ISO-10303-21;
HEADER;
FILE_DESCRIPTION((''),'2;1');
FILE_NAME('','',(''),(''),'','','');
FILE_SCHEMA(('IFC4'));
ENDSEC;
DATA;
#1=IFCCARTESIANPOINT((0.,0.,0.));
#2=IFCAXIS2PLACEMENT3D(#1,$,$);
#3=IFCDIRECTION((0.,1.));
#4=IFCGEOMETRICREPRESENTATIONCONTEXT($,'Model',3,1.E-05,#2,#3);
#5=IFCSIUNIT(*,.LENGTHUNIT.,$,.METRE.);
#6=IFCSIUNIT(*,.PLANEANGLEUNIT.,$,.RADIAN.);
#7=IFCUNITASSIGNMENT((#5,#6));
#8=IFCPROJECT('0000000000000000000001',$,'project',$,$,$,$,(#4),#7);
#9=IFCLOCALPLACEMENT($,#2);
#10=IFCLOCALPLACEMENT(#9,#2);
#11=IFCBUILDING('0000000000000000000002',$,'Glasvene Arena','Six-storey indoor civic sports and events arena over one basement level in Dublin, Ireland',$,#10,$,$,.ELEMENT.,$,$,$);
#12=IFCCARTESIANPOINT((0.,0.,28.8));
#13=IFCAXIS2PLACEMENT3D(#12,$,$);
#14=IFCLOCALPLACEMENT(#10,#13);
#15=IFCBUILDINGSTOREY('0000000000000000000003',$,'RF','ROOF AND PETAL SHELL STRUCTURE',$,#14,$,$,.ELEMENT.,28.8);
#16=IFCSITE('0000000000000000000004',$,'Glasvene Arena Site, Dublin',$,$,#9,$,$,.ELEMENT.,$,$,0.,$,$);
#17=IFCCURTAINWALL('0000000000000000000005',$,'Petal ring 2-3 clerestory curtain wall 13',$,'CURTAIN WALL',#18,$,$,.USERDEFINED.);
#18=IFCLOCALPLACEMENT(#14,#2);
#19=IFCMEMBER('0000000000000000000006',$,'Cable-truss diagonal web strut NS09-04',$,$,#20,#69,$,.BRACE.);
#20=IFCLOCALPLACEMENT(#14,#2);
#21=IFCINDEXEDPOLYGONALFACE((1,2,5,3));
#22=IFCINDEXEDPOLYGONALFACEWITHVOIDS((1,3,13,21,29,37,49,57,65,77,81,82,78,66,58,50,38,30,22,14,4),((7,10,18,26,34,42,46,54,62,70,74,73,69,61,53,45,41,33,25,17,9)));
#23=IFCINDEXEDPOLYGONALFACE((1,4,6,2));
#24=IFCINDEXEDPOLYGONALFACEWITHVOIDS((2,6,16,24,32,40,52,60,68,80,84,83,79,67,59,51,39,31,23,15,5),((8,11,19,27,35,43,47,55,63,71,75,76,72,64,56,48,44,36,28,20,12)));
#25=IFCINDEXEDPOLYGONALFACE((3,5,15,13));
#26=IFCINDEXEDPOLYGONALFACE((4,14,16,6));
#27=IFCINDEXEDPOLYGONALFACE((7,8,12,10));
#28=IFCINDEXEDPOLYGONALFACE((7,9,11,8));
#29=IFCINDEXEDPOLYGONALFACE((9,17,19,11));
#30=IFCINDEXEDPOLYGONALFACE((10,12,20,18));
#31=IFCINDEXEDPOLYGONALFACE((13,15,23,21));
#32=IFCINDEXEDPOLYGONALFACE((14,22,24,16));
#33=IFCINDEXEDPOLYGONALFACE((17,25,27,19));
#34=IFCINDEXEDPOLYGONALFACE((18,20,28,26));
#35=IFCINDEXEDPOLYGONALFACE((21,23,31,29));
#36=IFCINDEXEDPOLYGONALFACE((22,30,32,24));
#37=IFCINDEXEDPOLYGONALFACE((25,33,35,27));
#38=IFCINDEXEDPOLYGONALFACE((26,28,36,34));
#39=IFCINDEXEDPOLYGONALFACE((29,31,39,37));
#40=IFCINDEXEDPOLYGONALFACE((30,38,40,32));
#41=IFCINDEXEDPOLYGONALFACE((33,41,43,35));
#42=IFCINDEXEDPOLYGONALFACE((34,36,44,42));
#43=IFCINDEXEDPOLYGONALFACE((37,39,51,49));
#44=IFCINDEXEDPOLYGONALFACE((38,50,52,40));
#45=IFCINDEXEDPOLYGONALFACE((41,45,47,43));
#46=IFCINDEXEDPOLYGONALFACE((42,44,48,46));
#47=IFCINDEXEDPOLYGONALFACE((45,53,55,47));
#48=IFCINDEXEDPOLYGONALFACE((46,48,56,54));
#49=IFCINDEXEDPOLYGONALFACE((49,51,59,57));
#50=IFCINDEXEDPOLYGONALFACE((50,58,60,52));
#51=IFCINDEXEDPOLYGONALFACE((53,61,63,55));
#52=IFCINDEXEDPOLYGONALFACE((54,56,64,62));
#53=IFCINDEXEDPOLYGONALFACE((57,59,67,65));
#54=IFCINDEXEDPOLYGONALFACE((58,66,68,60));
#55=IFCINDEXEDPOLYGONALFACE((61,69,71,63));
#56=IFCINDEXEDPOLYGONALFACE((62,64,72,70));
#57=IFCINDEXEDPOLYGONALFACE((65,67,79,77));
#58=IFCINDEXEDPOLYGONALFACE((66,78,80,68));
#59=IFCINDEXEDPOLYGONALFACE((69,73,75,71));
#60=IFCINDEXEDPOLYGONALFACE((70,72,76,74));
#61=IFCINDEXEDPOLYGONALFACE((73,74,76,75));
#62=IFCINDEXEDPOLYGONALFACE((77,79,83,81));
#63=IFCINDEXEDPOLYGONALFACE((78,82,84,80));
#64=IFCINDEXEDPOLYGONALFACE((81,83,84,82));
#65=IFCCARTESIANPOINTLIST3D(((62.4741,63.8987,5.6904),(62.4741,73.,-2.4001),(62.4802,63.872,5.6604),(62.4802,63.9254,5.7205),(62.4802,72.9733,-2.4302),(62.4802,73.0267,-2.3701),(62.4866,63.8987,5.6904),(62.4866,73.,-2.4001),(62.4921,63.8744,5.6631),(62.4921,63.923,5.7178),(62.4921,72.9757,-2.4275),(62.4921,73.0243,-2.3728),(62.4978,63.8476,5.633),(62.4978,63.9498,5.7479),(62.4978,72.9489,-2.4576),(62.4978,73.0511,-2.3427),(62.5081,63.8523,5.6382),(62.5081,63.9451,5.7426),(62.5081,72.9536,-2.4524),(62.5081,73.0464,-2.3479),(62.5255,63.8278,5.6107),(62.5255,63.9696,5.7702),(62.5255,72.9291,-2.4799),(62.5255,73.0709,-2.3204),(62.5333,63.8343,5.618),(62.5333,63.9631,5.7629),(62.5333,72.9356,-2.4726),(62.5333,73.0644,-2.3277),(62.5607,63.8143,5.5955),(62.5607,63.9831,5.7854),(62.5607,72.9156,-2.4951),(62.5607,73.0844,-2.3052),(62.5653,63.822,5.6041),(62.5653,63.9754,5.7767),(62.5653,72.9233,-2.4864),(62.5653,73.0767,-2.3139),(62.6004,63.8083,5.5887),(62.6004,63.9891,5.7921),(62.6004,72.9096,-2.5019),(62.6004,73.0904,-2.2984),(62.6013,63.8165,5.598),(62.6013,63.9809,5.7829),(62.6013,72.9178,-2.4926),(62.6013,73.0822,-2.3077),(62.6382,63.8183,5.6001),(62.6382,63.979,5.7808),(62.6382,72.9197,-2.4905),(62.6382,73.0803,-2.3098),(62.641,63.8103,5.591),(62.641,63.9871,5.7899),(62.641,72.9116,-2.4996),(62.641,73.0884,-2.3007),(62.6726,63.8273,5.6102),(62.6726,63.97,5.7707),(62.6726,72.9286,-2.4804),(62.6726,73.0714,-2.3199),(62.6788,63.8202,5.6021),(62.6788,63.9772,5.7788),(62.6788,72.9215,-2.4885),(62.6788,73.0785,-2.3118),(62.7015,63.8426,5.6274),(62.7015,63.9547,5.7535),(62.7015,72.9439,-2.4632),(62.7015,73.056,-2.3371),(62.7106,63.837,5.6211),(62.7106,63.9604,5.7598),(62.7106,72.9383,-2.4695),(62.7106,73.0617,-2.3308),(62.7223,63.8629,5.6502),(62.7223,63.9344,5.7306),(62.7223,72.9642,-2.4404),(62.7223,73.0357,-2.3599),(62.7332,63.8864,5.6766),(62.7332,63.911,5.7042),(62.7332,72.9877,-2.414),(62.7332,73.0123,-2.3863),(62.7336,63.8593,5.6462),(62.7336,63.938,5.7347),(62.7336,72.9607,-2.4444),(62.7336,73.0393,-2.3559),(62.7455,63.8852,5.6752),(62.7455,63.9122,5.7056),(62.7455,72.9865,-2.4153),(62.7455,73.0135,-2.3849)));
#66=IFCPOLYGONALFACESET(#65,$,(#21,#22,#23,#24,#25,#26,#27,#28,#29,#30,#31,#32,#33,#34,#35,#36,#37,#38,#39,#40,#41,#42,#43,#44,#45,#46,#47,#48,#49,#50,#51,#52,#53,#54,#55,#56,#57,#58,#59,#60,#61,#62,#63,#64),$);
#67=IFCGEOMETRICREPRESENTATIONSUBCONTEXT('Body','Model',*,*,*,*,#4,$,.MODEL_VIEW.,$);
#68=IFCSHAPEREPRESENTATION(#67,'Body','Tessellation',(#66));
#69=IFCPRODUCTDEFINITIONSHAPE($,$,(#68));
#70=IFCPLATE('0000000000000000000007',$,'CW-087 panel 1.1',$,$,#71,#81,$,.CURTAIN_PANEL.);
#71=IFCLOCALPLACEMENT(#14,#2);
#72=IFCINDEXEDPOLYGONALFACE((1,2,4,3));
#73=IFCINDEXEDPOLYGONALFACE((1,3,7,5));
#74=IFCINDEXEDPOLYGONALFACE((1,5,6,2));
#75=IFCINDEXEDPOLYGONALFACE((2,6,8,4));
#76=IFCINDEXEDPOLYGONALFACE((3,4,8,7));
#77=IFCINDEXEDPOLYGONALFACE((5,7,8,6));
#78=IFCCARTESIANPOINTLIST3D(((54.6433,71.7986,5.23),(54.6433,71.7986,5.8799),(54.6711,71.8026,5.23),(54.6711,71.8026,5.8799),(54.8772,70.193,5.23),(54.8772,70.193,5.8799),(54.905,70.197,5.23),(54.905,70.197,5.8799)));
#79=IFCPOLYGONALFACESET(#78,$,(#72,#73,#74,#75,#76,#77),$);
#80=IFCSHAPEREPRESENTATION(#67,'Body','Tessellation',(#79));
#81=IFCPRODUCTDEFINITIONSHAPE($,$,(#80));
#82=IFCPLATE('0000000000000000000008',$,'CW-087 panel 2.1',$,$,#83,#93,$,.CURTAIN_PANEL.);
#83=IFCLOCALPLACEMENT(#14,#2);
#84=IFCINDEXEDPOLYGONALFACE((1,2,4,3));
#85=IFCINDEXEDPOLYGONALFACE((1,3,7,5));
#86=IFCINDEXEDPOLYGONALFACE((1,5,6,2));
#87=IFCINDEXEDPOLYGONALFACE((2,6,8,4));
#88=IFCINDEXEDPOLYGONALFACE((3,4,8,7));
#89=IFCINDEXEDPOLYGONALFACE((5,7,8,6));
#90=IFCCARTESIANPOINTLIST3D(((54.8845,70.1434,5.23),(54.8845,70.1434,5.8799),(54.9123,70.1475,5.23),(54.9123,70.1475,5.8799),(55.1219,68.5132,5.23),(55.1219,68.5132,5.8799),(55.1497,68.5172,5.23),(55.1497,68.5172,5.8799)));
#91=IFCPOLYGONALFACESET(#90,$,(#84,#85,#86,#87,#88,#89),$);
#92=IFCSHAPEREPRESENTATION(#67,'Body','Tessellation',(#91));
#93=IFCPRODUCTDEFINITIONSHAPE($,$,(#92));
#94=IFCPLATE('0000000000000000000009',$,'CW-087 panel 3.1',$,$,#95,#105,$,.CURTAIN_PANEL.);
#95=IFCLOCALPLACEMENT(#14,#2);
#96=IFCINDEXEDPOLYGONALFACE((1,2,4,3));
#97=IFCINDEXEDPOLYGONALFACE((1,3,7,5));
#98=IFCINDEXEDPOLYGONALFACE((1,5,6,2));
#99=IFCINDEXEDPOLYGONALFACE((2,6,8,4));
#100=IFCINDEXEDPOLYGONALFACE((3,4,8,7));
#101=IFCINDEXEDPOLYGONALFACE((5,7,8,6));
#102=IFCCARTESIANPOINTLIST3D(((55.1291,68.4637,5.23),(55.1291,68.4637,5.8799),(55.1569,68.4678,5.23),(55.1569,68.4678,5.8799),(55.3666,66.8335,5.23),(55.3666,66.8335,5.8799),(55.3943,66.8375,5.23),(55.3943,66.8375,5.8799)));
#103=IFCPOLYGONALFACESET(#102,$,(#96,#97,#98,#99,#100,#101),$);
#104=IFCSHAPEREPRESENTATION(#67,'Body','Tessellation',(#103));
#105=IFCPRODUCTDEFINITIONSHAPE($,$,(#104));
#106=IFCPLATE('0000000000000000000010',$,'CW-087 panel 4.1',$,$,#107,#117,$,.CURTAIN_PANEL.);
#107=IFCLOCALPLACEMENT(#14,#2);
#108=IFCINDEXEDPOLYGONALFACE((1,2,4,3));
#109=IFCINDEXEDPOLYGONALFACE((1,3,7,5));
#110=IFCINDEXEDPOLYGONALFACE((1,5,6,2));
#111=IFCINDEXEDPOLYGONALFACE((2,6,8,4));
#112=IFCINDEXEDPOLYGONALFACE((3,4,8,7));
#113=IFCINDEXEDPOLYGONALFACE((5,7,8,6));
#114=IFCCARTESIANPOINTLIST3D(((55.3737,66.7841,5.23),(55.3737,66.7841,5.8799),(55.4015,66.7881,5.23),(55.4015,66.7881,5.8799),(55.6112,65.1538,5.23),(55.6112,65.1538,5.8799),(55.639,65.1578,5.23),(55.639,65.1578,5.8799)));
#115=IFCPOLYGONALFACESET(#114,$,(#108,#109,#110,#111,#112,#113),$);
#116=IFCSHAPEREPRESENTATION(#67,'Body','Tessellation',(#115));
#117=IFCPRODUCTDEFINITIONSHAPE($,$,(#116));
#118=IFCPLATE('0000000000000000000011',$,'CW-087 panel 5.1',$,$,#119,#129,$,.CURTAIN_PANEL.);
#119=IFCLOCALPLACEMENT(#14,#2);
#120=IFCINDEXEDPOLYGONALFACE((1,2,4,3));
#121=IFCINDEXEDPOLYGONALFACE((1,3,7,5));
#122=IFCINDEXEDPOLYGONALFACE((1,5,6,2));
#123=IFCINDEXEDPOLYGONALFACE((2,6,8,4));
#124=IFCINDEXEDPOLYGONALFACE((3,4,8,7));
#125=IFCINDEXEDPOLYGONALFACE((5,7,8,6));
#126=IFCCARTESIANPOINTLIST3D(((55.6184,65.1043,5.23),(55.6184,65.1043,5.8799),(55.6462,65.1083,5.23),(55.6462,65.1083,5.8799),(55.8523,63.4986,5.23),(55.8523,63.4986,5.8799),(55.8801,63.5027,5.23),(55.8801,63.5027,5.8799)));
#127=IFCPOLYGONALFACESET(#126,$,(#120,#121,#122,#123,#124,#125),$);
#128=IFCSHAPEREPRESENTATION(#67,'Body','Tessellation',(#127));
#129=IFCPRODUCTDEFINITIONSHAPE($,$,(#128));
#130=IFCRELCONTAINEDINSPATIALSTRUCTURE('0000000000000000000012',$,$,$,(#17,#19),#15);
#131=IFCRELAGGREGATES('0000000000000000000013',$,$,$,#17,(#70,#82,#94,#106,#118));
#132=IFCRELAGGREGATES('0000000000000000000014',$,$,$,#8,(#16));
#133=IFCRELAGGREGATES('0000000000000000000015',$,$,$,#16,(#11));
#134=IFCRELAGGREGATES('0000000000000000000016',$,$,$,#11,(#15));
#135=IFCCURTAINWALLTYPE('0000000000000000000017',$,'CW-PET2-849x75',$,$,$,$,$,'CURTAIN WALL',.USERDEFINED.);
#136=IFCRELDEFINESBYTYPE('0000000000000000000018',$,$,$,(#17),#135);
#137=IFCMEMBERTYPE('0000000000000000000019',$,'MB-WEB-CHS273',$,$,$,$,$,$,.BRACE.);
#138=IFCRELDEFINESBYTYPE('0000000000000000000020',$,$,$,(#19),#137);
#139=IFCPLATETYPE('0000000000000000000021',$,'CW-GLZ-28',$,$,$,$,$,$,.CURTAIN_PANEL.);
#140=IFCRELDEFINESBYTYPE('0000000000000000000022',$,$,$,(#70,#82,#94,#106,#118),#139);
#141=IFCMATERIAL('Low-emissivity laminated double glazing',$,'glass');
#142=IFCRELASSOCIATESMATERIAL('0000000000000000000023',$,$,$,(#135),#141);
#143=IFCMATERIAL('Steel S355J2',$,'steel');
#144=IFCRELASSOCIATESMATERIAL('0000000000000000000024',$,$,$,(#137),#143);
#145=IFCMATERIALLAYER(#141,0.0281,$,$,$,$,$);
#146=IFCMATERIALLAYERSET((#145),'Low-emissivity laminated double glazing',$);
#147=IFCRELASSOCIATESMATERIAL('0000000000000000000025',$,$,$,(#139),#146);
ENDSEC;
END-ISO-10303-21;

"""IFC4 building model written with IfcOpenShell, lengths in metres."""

from ifc_helpers import new_model, si_unit, direction, frame, origin, origin_2d, place, context, subcontext, project, spatial, rectangle, hollow_circle, extrude, material, layer, layer_set, material_profile, profile_set, type_object, element, aggregate, save


model = new_model("IFC4")

# Units and contexts
model_context = context("Model", 3, precision=1e-05, world=origin(), true_north=direction((0.0, 1.0)))
body_context = subcontext(model_context, "Body", "Model", "MODEL_VIEW")
ifc_project = project(units=[si_unit("LENGTHUNIT", "METRE"), si_unit("PLANEANGLEUNIT", "RADIAN")], contexts=[model_context])

# Site, building, storey
site_placement = place(None, origin())
site = spatial("IfcSite", under=ifc_project, at=site_placement, Name="Glasvene Arena Site, Dublin", CompositionType="ELEMENT", RefElevation=0.0)
building_placement = place(site_placement, origin())
building = spatial("IfcBuilding", under=site, at=building_placement, Name="Glasvene Arena", Description="Six-storey indoor civic sports and events arena over one basement level in Dublin, Ireland", CompositionType="ELEMENT")
storey_placement = place(building_placement, frame((0.0, 0.0, 28.8)))
storey = spatial("IfcBuildingStorey", under=building, at=storey_placement, Name="RF", Description="ROOF AND PETAL SHELL STRUCTURE", CompositionType="ELEMENT", Elevation=28.8)

# Curtain wall
ifc_material_1 = material(Name="Low-emissivity laminated double glazing", Category="glass")
curtain_wall_type_1 = type_object("IfcCurtainWallType", Name="CW-PET2-849x75", ElementType="CURTAIN WALL", PredefinedType="USERDEFINED", material=ifc_material_1)
curtain_wall_1_placement = place(storey_placement, frame((54.6499, 71.8501, 0.0)))
curtain_wall_1 = element("IfcCurtainWall", 1, at=curtain_wall_1_placement, inside=storey, type_object=curtain_wall_type_1, Name="Petal ring 2-3 clerestory curtain wall 13", ObjectType="CURTAIN WALL", PredefinedType="USERDEFINED")

# Member
ifc_material_2 = material(Name="Steel S355J2", Category="steel")
ifc_material_profile_1 = material_profile(ifc_material_2, hollow_circle(Radius=0.1365, WallThickness=0.0125, at=origin_2d()), Name="CHS 273.0x12.5")
ifc_profile_set_1 = profile_set([ifc_material_profile_1], Name="Steel S355J2")
member_type_1 = type_object("IfcMemberType", Name="MB-WEB-CHS273", PredefinedType="BRACE", material=ifc_profile_set_1)
member_1_placement = place(storey_placement, frame((62.6106, 63.8987, 5.6904), z_axis=(0.0, 0.747388, -0.664387), x_axis=(-1.0, 0.0, 0.0)))
element("IfcMember", 2, at=member_1_placement, inside=storey, type_object=member_type_1, Name="Cable-truss diagonal web strut NS09-04", PredefinedType="BRACE", context=body_context, shape_type="SweptSolid", body=[
    extrude(hollow_circle(Radius=0.1365, WallThickness=0.0125, at=origin_2d()), origin(), (0.0, 0.0, 1.0), 12.1775),
])

# Plates
ifc_layer = layer(ifc_material_1, 0.0281)
ifc_layer_set = layer_set([ifc_layer], Name="Low-emissivity laminated double glazing")
plate_type = type_object("IfcPlateType", Name="CW-GLZ-28", PredefinedType="CURTAIN_PANEL", material=ifc_layer_set)
plate_1_placement = place(storey_placement, frame((54.7742, 70.9978, 5.23), z_axis=(0.0, 0.0, 1.0), x_axis=(0.144133, -0.989558, 0.0)))
plate_1 = element("IfcPlate", 3, at=plate_1_placement, type_object=plate_type, Name="CW-087 panel 1.1", PredefinedType="CURTAIN_PANEL", context=body_context, shape_type="SweptSolid", body=[
    extrude(rectangle(XDim=1.6226, YDim=0.0281, at=origin_2d()), origin(), (0.0, 0.0, 1.0), 0.6499),
])
plate_2_placement = place(storey_placement, frame((55.0171, 69.3303, 5.23), z_axis=(0.0, 0.0, 1.0), x_axis=(0.144133, -0.989558, 0.0)))
plate_2 = element("IfcPlate", 4, at=plate_2_placement, type_object=plate_type, Name="CW-087 panel 2.1", PredefinedType="CURTAIN_PANEL", context=body_context, shape_type="SweptSolid", body=[
    extrude(rectangle(XDim=1.6475, YDim=0.0281, at=origin_2d()), origin(), (0.0, 0.0, 1.0), 0.6499),
])
plate_3_placement = place(storey_placement, frame((55.2617, 67.6506, 5.23), z_axis=(0.0, 0.0, 1.0), x_axis=(0.144133, -0.989558, 0.0)))
plate_3 = element("IfcPlate", 5, at=plate_3_placement, type_object=plate_type, Name="CW-087 panel 3.1", PredefinedType="CURTAIN_PANEL", context=body_context, shape_type="SweptSolid", body=[
    extrude(rectangle(XDim=1.6475, YDim=0.0281, at=origin_2d()), origin(), (0.0, 0.0, 1.0), 0.6499),
])
plate_4_placement = place(storey_placement, frame((55.5063, 65.9709, 5.23), z_axis=(0.0, 0.0, 1.0), x_axis=(0.144133, -0.989558, 0.0)))
plate_4 = element("IfcPlate", 6, at=plate_4_placement, type_object=plate_type, Name="CW-087 panel 4.1", PredefinedType="CURTAIN_PANEL", context=body_context, shape_type="SweptSolid", body=[
    extrude(rectangle(XDim=1.6475, YDim=0.0281, at=origin_2d()), origin(), (0.0, 0.0, 1.0), 0.6499),
])
plate_5_placement = place(storey_placement, frame((55.7493, 64.3035, 5.23), z_axis=(0.0, 0.0, 1.0), x_axis=(0.144133, -0.989558, 0.0)))
plate_5 = element("IfcPlate", 7, at=plate_5_placement, type_object=plate_type, Name="CW-087 panel 5.1", PredefinedType="CURTAIN_PANEL", context=body_context, shape_type="SweptSolid", body=[
    extrude(rectangle(XDim=1.6226, YDim=0.0281, at=origin_2d()), origin(), (0.0, 0.0, 1.0), 0.6499),
])
aggregate(curtain_wall_1, [plate_1, plate_2, plate_3, plate_4, plate_5])

save(model, "model.ifc")
